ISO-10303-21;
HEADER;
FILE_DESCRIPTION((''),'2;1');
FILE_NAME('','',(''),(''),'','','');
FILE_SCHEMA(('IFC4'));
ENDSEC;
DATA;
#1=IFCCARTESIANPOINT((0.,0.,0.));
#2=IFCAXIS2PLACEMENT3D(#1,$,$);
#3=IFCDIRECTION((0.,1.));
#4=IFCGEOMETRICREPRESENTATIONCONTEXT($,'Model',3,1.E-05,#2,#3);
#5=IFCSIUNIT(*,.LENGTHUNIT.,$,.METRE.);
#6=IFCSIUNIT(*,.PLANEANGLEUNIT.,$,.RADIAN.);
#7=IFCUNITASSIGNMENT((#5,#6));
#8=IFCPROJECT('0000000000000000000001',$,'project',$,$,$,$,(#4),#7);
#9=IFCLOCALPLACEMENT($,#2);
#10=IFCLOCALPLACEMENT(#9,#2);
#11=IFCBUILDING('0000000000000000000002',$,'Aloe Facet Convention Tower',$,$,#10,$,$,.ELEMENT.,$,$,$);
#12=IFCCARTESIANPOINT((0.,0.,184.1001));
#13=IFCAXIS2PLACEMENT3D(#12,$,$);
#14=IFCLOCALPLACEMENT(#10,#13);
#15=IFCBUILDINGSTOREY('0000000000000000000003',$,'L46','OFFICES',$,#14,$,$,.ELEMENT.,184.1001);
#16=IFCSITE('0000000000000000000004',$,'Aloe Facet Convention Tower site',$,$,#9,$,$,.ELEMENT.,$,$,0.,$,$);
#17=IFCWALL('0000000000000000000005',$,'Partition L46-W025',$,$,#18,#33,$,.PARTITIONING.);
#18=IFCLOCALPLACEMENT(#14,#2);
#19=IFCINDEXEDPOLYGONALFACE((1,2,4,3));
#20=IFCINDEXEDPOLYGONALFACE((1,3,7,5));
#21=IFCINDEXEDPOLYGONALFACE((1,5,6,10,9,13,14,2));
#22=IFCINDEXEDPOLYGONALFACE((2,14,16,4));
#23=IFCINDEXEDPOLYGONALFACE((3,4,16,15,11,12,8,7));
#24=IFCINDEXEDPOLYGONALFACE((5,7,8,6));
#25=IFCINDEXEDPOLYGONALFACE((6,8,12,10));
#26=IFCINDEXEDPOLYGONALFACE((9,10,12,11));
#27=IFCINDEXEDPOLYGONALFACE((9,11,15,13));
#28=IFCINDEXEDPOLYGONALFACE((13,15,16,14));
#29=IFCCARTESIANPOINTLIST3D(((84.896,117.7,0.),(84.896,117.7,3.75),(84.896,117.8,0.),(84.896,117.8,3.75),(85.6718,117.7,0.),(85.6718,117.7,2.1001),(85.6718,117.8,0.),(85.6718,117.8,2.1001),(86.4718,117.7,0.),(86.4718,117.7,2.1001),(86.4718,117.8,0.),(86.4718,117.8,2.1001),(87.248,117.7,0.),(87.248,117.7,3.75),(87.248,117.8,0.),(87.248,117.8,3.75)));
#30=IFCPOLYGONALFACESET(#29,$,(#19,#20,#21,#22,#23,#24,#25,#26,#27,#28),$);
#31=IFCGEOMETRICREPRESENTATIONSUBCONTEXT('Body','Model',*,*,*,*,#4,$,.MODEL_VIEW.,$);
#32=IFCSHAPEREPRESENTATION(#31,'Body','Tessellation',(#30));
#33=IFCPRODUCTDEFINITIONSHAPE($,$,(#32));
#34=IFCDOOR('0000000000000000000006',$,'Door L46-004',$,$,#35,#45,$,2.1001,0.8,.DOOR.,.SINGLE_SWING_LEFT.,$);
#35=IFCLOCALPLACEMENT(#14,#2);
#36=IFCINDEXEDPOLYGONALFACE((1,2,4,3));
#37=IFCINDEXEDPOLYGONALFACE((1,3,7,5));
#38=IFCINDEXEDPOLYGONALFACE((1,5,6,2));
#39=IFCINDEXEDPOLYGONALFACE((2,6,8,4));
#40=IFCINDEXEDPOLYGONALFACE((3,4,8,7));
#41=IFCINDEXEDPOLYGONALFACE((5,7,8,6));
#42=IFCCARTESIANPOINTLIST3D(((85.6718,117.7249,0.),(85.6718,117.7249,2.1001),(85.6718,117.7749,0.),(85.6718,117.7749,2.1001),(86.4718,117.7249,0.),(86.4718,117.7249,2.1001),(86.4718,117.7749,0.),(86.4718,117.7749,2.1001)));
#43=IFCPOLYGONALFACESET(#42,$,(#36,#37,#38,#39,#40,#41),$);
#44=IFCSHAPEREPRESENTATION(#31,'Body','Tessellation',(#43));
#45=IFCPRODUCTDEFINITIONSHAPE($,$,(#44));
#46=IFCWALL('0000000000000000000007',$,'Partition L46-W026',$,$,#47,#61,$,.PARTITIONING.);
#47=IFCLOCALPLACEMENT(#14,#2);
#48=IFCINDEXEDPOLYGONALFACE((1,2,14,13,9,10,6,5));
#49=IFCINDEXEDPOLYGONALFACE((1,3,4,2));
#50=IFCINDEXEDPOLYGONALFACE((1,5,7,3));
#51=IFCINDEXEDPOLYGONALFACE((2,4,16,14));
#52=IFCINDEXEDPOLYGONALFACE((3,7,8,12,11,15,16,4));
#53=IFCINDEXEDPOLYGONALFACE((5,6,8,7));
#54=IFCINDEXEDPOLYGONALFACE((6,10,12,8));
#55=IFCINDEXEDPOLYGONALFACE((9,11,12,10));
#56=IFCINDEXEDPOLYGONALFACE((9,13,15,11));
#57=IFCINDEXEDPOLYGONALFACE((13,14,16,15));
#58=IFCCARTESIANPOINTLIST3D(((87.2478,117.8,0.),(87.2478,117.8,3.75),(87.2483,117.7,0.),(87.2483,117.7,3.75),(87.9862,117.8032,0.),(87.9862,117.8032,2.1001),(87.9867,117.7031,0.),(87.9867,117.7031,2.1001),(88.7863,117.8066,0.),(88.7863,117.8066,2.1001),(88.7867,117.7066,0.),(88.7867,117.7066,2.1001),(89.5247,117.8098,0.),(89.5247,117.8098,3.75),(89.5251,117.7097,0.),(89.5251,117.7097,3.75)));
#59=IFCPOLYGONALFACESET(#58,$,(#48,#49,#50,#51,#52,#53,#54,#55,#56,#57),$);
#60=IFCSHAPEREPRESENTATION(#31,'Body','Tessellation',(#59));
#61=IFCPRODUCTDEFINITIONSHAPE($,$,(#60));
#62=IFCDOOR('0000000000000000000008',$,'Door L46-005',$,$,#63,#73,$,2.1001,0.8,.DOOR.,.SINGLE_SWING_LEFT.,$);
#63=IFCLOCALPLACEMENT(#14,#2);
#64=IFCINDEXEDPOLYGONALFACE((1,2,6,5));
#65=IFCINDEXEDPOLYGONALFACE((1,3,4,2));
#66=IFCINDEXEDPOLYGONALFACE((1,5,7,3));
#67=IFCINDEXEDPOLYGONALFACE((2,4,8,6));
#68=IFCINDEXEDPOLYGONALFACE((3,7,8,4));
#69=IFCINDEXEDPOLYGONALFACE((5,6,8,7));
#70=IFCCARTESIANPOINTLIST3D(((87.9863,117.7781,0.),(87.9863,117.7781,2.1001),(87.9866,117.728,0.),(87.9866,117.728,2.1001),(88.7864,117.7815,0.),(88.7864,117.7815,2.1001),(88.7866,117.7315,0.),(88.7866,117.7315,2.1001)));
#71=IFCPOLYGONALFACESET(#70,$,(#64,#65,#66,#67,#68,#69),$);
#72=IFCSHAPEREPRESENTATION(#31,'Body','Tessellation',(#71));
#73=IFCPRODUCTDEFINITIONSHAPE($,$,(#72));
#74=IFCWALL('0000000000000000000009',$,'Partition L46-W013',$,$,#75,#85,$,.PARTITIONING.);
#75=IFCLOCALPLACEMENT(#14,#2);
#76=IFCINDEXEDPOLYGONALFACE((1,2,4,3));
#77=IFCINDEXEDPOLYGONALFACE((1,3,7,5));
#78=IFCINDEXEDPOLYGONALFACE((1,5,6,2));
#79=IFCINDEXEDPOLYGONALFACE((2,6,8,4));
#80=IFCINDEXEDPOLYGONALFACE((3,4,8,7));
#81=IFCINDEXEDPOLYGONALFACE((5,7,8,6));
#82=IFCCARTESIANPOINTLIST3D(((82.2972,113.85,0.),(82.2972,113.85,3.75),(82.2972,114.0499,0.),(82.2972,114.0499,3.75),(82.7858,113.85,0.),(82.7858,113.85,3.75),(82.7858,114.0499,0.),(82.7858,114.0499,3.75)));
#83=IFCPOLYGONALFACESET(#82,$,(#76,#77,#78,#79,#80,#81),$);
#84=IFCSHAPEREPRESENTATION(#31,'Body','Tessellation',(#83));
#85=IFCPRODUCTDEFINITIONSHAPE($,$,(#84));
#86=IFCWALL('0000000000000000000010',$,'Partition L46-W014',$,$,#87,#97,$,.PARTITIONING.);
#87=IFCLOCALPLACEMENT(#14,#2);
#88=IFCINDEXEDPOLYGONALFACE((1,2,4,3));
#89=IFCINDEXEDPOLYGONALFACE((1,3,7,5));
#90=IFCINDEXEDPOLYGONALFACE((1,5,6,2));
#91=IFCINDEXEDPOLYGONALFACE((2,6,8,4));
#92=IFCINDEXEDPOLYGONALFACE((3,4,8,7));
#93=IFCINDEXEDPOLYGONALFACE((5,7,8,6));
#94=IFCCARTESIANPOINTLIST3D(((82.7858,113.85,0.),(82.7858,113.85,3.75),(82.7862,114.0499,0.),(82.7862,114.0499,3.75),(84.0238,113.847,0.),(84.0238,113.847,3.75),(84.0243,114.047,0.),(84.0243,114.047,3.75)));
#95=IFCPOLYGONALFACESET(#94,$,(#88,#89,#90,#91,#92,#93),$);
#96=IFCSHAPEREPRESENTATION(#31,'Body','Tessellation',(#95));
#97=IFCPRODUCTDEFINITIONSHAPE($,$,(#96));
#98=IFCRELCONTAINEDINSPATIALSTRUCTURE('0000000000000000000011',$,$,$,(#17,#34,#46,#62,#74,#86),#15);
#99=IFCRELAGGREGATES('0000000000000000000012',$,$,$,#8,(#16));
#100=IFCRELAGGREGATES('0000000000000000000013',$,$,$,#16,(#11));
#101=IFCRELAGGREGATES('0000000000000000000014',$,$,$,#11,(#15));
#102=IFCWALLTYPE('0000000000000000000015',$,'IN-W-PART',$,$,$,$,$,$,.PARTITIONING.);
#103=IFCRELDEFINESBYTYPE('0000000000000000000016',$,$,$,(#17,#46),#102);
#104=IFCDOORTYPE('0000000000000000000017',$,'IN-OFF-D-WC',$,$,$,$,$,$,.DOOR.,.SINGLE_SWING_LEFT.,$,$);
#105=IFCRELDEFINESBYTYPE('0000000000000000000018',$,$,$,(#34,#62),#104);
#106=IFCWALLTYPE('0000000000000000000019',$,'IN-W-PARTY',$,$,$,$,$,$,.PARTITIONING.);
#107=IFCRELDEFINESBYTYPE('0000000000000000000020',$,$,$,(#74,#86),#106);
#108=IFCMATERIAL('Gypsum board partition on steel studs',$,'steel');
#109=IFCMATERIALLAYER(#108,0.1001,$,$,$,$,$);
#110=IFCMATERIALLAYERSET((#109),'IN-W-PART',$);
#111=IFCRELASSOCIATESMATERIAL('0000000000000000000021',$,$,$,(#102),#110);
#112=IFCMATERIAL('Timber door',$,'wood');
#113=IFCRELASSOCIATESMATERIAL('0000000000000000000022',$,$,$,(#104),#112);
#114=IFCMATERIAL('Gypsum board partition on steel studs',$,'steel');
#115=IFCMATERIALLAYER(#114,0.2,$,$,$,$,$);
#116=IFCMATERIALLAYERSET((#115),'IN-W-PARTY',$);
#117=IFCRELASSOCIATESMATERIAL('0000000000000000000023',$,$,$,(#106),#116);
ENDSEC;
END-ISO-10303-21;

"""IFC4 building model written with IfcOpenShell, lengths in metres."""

from ifc_helpers import new_model, si_unit, direction, frame, frame_2d, origin, place, context, subcontext, project, spatial, rectangle, extrude, material, layer, layer_set, type_object, element, fill, save


model = new_model("IFC4")

# Units and contexts
model_context = context("Model", 3, precision=1e-05, world=origin(), true_north=direction((0.0, 1.0)))
body_context = subcontext(model_context, "Body", "Model", "MODEL_VIEW")
ifc_project = project(units=[si_unit("LENGTHUNIT", "METRE"), si_unit("PLANEANGLEUNIT", "RADIAN")], contexts=[model_context])

# Site, building, storey
site_placement = place(None, origin())
site = spatial("IfcSite", under=ifc_project, at=site_placement, Name="Aloe Facet Convention Tower site", CompositionType="ELEMENT", RefElevation=0.0)
building_placement = place(site_placement, origin())
building = spatial("IfcBuilding", under=site, at=building_placement, Name="Aloe Facet Convention Tower", CompositionType="ELEMENT")
storey_placement = place(building_placement, frame((0.0, 0.0, 184.1001)))
storey = spatial("IfcBuildingStorey", under=building, at=storey_placement, Name="L46", Description="OFFICES", CompositionType="ELEMENT", Elevation=184.1001)

# Shared definitions
ifc_material_1 = material(Name="Gypsum board partition on steel studs", Category="steel")
ifc_layer_1 = layer(ifc_material_1, 0.1001)
ifc_layer_set_1 = layer_set([ifc_layer_1], Name="IN-W-PART")
wall_type_1 = type_object("IfcWallType", Name="IN-W-PART", PredefinedType="PARTITIONING", material=ifc_layer_set_1)

# Walls, openings, doors
wall_1_placement = place(storey_placement, frame((84.896, 117.75, 0.0), z_axis=(0.0, 0.0, 1.0), x_axis=(1.0, 0.0, 0.0)))
wall_1 = element("IfcWall", 1, at=wall_1_placement, inside=storey, type_object=wall_type_1, Name="Partition L46-W025", PredefinedType="PARTITIONING", context=body_context, shape_type="SweptSolid", body=[
    extrude(rectangle(XDim=2.3521, YDim=0.1001, at=frame_2d((1.176, 0.0))), origin(), (0.0, 0.0, 1.0), 3.75),
])
opening_1_placement = place(wall_1_placement, frame((0.7759, 0.0, 0.0)))
opening_1 = element("IfcOpeningElement", 2, at=opening_1_placement, cuts=wall_1, PredefinedType="OPENING", context=body_context, shape_type="SweptSolid", body=[
    extrude(rectangle(XDim=0.8, YDim=2.1001, at=frame_2d((0.3999, 1.05))), frame((0.0, 0.0601, 0.0), z_axis=(0.0, -1.0, 0.0), x_axis=(1.0, 0.0, 0.0)), (0.0, 0.0, 1.0), 0.1201),
])
ifc_material_2 = material(Name="Timber door", Category="wood")
door_type_1 = type_object("IfcDoorType", Name="IN-OFF-D-WC", OperationType="SINGLE_SWING_LEFT", PredefinedType="DOOR", material=ifc_material_2)
door_1_placement = place(opening_1_placement, origin())
door_1 = element("IfcDoor", 3, at=door_1_placement, inside=storey, type_object=door_type_1, Name="Door L46-004", OperationType="SINGLE_SWING_LEFT", OverallHeight=2.1001, OverallWidth=0.8, PredefinedType="DOOR", context=body_context, shape_type="SweptSolid", body=[
    extrude(rectangle(XDim=0.8, YDim=2.1001, at=frame_2d((0.3999, 1.05))), frame((0.0, 0.0249, 0.0), z_axis=(0.0, -1.0, 0.0), x_axis=(1.0, 0.0, 0.0)), (0.0, 0.0, 1.0), 0.05),
])
fill(opening_1, door_1)
wall_2_placement = place(storey_placement, frame((87.248, 117.75, 0.0), z_axis=(0.0, 0.0, 1.0), x_axis=(0.999991, 0.004289, 0.0)))
wall_2 = element("IfcWall", 4, at=wall_2_placement, inside=storey, type_object=wall_type_1, Name="Partition L46-W026", PredefinedType="PARTITIONING", context=body_context, shape_type="SweptSolid", body=[
    extrude(rectangle(XDim=2.2769, YDim=0.1001, at=frame_2d((1.1384, 0.0))), origin(), (0.0, 0.0, 1.0), 3.75),
])
opening_2_placement = place(wall_2_placement, frame((0.7385, 0.0, 0.0)))
opening_2 = element("IfcOpeningElement", 5, at=opening_2_placement, cuts=wall_2, PredefinedType="OPENING", context=body_context, shape_type="SweptSolid", body=[
    extrude(rectangle(XDim=0.8, YDim=2.1001, at=frame_2d((0.3999, 1.05))), frame((0.0, 0.0601, 0.0), z_axis=(0.0, -1.0, 0.0), x_axis=(1.0, 0.0, 0.0)), (0.0, 0.0, 1.0), 0.1201),
])
door_2_placement = place(opening_2_placement, origin())
door_2 = element("IfcDoor", 6, at=door_2_placement, inside=storey, type_object=door_type_1, Name="Door L46-005", OperationType="SINGLE_SWING_LEFT", OverallHeight=2.1001, OverallWidth=0.8, PredefinedType="DOOR", context=body_context, shape_type="SweptSolid", body=[
    extrude(rectangle(XDim=0.8, YDim=2.1001, at=frame_2d((0.3999, 1.05))), frame((0.0, 0.0249, 0.0), z_axis=(0.0, -1.0, 0.0), x_axis=(1.0, 0.0, 0.0)), (0.0, 0.0, 1.0), 0.05),
])
fill(opening_2, door_2)

# Walls
ifc_material_3 = material(Name="Gypsum board partition on steel studs", Category="steel")
ifc_layer_2 = layer(ifc_material_3, 0.2)
ifc_layer_set_2 = layer_set([ifc_layer_2], Name="IN-W-PARTY")
wall_type_2 = type_object("IfcWallType", Name="IN-W-PARTY", PredefinedType="PARTITIONING", material=ifc_layer_set_2)
wall_3_placement = place(storey_placement, frame((82.2974, 113.95, 0.0), z_axis=(0.0, 0.0, 1.0), x_axis=(1.0, 0.0, 0.0)))
element("IfcWall", 7, at=wall_3_placement, inside=storey, type_object=wall_type_2, Name="Partition L46-W013", PredefinedType="PARTITIONING", context=body_context, shape_type="SweptSolid", body=[
    extrude(rectangle(XDim=0.4885, YDim=0.2, at=frame_2d((0.2441, 0.0))), origin(), (0.0, 0.0, 1.0), 3.75),
])
wall_4_placement = place(storey_placement, frame((82.7859, 113.95, 0.0), z_axis=(0.0, 0.0, 1.0), x_axis=(0.999997, -0.002366, 0.0)))
element("IfcWall", 8, at=wall_4_placement, inside=storey, type_object=wall_type_2, Name="Partition L46-W014", PredefinedType="PARTITIONING", context=body_context, shape_type="SweptSolid", body=[
    extrude(rectangle(XDim=1.238, YDim=0.2, at=frame_2d((0.6191, 0.0))), origin(), (0.0, 0.0, 1.0), 3.75),
])

save(model, "model.ifc")
